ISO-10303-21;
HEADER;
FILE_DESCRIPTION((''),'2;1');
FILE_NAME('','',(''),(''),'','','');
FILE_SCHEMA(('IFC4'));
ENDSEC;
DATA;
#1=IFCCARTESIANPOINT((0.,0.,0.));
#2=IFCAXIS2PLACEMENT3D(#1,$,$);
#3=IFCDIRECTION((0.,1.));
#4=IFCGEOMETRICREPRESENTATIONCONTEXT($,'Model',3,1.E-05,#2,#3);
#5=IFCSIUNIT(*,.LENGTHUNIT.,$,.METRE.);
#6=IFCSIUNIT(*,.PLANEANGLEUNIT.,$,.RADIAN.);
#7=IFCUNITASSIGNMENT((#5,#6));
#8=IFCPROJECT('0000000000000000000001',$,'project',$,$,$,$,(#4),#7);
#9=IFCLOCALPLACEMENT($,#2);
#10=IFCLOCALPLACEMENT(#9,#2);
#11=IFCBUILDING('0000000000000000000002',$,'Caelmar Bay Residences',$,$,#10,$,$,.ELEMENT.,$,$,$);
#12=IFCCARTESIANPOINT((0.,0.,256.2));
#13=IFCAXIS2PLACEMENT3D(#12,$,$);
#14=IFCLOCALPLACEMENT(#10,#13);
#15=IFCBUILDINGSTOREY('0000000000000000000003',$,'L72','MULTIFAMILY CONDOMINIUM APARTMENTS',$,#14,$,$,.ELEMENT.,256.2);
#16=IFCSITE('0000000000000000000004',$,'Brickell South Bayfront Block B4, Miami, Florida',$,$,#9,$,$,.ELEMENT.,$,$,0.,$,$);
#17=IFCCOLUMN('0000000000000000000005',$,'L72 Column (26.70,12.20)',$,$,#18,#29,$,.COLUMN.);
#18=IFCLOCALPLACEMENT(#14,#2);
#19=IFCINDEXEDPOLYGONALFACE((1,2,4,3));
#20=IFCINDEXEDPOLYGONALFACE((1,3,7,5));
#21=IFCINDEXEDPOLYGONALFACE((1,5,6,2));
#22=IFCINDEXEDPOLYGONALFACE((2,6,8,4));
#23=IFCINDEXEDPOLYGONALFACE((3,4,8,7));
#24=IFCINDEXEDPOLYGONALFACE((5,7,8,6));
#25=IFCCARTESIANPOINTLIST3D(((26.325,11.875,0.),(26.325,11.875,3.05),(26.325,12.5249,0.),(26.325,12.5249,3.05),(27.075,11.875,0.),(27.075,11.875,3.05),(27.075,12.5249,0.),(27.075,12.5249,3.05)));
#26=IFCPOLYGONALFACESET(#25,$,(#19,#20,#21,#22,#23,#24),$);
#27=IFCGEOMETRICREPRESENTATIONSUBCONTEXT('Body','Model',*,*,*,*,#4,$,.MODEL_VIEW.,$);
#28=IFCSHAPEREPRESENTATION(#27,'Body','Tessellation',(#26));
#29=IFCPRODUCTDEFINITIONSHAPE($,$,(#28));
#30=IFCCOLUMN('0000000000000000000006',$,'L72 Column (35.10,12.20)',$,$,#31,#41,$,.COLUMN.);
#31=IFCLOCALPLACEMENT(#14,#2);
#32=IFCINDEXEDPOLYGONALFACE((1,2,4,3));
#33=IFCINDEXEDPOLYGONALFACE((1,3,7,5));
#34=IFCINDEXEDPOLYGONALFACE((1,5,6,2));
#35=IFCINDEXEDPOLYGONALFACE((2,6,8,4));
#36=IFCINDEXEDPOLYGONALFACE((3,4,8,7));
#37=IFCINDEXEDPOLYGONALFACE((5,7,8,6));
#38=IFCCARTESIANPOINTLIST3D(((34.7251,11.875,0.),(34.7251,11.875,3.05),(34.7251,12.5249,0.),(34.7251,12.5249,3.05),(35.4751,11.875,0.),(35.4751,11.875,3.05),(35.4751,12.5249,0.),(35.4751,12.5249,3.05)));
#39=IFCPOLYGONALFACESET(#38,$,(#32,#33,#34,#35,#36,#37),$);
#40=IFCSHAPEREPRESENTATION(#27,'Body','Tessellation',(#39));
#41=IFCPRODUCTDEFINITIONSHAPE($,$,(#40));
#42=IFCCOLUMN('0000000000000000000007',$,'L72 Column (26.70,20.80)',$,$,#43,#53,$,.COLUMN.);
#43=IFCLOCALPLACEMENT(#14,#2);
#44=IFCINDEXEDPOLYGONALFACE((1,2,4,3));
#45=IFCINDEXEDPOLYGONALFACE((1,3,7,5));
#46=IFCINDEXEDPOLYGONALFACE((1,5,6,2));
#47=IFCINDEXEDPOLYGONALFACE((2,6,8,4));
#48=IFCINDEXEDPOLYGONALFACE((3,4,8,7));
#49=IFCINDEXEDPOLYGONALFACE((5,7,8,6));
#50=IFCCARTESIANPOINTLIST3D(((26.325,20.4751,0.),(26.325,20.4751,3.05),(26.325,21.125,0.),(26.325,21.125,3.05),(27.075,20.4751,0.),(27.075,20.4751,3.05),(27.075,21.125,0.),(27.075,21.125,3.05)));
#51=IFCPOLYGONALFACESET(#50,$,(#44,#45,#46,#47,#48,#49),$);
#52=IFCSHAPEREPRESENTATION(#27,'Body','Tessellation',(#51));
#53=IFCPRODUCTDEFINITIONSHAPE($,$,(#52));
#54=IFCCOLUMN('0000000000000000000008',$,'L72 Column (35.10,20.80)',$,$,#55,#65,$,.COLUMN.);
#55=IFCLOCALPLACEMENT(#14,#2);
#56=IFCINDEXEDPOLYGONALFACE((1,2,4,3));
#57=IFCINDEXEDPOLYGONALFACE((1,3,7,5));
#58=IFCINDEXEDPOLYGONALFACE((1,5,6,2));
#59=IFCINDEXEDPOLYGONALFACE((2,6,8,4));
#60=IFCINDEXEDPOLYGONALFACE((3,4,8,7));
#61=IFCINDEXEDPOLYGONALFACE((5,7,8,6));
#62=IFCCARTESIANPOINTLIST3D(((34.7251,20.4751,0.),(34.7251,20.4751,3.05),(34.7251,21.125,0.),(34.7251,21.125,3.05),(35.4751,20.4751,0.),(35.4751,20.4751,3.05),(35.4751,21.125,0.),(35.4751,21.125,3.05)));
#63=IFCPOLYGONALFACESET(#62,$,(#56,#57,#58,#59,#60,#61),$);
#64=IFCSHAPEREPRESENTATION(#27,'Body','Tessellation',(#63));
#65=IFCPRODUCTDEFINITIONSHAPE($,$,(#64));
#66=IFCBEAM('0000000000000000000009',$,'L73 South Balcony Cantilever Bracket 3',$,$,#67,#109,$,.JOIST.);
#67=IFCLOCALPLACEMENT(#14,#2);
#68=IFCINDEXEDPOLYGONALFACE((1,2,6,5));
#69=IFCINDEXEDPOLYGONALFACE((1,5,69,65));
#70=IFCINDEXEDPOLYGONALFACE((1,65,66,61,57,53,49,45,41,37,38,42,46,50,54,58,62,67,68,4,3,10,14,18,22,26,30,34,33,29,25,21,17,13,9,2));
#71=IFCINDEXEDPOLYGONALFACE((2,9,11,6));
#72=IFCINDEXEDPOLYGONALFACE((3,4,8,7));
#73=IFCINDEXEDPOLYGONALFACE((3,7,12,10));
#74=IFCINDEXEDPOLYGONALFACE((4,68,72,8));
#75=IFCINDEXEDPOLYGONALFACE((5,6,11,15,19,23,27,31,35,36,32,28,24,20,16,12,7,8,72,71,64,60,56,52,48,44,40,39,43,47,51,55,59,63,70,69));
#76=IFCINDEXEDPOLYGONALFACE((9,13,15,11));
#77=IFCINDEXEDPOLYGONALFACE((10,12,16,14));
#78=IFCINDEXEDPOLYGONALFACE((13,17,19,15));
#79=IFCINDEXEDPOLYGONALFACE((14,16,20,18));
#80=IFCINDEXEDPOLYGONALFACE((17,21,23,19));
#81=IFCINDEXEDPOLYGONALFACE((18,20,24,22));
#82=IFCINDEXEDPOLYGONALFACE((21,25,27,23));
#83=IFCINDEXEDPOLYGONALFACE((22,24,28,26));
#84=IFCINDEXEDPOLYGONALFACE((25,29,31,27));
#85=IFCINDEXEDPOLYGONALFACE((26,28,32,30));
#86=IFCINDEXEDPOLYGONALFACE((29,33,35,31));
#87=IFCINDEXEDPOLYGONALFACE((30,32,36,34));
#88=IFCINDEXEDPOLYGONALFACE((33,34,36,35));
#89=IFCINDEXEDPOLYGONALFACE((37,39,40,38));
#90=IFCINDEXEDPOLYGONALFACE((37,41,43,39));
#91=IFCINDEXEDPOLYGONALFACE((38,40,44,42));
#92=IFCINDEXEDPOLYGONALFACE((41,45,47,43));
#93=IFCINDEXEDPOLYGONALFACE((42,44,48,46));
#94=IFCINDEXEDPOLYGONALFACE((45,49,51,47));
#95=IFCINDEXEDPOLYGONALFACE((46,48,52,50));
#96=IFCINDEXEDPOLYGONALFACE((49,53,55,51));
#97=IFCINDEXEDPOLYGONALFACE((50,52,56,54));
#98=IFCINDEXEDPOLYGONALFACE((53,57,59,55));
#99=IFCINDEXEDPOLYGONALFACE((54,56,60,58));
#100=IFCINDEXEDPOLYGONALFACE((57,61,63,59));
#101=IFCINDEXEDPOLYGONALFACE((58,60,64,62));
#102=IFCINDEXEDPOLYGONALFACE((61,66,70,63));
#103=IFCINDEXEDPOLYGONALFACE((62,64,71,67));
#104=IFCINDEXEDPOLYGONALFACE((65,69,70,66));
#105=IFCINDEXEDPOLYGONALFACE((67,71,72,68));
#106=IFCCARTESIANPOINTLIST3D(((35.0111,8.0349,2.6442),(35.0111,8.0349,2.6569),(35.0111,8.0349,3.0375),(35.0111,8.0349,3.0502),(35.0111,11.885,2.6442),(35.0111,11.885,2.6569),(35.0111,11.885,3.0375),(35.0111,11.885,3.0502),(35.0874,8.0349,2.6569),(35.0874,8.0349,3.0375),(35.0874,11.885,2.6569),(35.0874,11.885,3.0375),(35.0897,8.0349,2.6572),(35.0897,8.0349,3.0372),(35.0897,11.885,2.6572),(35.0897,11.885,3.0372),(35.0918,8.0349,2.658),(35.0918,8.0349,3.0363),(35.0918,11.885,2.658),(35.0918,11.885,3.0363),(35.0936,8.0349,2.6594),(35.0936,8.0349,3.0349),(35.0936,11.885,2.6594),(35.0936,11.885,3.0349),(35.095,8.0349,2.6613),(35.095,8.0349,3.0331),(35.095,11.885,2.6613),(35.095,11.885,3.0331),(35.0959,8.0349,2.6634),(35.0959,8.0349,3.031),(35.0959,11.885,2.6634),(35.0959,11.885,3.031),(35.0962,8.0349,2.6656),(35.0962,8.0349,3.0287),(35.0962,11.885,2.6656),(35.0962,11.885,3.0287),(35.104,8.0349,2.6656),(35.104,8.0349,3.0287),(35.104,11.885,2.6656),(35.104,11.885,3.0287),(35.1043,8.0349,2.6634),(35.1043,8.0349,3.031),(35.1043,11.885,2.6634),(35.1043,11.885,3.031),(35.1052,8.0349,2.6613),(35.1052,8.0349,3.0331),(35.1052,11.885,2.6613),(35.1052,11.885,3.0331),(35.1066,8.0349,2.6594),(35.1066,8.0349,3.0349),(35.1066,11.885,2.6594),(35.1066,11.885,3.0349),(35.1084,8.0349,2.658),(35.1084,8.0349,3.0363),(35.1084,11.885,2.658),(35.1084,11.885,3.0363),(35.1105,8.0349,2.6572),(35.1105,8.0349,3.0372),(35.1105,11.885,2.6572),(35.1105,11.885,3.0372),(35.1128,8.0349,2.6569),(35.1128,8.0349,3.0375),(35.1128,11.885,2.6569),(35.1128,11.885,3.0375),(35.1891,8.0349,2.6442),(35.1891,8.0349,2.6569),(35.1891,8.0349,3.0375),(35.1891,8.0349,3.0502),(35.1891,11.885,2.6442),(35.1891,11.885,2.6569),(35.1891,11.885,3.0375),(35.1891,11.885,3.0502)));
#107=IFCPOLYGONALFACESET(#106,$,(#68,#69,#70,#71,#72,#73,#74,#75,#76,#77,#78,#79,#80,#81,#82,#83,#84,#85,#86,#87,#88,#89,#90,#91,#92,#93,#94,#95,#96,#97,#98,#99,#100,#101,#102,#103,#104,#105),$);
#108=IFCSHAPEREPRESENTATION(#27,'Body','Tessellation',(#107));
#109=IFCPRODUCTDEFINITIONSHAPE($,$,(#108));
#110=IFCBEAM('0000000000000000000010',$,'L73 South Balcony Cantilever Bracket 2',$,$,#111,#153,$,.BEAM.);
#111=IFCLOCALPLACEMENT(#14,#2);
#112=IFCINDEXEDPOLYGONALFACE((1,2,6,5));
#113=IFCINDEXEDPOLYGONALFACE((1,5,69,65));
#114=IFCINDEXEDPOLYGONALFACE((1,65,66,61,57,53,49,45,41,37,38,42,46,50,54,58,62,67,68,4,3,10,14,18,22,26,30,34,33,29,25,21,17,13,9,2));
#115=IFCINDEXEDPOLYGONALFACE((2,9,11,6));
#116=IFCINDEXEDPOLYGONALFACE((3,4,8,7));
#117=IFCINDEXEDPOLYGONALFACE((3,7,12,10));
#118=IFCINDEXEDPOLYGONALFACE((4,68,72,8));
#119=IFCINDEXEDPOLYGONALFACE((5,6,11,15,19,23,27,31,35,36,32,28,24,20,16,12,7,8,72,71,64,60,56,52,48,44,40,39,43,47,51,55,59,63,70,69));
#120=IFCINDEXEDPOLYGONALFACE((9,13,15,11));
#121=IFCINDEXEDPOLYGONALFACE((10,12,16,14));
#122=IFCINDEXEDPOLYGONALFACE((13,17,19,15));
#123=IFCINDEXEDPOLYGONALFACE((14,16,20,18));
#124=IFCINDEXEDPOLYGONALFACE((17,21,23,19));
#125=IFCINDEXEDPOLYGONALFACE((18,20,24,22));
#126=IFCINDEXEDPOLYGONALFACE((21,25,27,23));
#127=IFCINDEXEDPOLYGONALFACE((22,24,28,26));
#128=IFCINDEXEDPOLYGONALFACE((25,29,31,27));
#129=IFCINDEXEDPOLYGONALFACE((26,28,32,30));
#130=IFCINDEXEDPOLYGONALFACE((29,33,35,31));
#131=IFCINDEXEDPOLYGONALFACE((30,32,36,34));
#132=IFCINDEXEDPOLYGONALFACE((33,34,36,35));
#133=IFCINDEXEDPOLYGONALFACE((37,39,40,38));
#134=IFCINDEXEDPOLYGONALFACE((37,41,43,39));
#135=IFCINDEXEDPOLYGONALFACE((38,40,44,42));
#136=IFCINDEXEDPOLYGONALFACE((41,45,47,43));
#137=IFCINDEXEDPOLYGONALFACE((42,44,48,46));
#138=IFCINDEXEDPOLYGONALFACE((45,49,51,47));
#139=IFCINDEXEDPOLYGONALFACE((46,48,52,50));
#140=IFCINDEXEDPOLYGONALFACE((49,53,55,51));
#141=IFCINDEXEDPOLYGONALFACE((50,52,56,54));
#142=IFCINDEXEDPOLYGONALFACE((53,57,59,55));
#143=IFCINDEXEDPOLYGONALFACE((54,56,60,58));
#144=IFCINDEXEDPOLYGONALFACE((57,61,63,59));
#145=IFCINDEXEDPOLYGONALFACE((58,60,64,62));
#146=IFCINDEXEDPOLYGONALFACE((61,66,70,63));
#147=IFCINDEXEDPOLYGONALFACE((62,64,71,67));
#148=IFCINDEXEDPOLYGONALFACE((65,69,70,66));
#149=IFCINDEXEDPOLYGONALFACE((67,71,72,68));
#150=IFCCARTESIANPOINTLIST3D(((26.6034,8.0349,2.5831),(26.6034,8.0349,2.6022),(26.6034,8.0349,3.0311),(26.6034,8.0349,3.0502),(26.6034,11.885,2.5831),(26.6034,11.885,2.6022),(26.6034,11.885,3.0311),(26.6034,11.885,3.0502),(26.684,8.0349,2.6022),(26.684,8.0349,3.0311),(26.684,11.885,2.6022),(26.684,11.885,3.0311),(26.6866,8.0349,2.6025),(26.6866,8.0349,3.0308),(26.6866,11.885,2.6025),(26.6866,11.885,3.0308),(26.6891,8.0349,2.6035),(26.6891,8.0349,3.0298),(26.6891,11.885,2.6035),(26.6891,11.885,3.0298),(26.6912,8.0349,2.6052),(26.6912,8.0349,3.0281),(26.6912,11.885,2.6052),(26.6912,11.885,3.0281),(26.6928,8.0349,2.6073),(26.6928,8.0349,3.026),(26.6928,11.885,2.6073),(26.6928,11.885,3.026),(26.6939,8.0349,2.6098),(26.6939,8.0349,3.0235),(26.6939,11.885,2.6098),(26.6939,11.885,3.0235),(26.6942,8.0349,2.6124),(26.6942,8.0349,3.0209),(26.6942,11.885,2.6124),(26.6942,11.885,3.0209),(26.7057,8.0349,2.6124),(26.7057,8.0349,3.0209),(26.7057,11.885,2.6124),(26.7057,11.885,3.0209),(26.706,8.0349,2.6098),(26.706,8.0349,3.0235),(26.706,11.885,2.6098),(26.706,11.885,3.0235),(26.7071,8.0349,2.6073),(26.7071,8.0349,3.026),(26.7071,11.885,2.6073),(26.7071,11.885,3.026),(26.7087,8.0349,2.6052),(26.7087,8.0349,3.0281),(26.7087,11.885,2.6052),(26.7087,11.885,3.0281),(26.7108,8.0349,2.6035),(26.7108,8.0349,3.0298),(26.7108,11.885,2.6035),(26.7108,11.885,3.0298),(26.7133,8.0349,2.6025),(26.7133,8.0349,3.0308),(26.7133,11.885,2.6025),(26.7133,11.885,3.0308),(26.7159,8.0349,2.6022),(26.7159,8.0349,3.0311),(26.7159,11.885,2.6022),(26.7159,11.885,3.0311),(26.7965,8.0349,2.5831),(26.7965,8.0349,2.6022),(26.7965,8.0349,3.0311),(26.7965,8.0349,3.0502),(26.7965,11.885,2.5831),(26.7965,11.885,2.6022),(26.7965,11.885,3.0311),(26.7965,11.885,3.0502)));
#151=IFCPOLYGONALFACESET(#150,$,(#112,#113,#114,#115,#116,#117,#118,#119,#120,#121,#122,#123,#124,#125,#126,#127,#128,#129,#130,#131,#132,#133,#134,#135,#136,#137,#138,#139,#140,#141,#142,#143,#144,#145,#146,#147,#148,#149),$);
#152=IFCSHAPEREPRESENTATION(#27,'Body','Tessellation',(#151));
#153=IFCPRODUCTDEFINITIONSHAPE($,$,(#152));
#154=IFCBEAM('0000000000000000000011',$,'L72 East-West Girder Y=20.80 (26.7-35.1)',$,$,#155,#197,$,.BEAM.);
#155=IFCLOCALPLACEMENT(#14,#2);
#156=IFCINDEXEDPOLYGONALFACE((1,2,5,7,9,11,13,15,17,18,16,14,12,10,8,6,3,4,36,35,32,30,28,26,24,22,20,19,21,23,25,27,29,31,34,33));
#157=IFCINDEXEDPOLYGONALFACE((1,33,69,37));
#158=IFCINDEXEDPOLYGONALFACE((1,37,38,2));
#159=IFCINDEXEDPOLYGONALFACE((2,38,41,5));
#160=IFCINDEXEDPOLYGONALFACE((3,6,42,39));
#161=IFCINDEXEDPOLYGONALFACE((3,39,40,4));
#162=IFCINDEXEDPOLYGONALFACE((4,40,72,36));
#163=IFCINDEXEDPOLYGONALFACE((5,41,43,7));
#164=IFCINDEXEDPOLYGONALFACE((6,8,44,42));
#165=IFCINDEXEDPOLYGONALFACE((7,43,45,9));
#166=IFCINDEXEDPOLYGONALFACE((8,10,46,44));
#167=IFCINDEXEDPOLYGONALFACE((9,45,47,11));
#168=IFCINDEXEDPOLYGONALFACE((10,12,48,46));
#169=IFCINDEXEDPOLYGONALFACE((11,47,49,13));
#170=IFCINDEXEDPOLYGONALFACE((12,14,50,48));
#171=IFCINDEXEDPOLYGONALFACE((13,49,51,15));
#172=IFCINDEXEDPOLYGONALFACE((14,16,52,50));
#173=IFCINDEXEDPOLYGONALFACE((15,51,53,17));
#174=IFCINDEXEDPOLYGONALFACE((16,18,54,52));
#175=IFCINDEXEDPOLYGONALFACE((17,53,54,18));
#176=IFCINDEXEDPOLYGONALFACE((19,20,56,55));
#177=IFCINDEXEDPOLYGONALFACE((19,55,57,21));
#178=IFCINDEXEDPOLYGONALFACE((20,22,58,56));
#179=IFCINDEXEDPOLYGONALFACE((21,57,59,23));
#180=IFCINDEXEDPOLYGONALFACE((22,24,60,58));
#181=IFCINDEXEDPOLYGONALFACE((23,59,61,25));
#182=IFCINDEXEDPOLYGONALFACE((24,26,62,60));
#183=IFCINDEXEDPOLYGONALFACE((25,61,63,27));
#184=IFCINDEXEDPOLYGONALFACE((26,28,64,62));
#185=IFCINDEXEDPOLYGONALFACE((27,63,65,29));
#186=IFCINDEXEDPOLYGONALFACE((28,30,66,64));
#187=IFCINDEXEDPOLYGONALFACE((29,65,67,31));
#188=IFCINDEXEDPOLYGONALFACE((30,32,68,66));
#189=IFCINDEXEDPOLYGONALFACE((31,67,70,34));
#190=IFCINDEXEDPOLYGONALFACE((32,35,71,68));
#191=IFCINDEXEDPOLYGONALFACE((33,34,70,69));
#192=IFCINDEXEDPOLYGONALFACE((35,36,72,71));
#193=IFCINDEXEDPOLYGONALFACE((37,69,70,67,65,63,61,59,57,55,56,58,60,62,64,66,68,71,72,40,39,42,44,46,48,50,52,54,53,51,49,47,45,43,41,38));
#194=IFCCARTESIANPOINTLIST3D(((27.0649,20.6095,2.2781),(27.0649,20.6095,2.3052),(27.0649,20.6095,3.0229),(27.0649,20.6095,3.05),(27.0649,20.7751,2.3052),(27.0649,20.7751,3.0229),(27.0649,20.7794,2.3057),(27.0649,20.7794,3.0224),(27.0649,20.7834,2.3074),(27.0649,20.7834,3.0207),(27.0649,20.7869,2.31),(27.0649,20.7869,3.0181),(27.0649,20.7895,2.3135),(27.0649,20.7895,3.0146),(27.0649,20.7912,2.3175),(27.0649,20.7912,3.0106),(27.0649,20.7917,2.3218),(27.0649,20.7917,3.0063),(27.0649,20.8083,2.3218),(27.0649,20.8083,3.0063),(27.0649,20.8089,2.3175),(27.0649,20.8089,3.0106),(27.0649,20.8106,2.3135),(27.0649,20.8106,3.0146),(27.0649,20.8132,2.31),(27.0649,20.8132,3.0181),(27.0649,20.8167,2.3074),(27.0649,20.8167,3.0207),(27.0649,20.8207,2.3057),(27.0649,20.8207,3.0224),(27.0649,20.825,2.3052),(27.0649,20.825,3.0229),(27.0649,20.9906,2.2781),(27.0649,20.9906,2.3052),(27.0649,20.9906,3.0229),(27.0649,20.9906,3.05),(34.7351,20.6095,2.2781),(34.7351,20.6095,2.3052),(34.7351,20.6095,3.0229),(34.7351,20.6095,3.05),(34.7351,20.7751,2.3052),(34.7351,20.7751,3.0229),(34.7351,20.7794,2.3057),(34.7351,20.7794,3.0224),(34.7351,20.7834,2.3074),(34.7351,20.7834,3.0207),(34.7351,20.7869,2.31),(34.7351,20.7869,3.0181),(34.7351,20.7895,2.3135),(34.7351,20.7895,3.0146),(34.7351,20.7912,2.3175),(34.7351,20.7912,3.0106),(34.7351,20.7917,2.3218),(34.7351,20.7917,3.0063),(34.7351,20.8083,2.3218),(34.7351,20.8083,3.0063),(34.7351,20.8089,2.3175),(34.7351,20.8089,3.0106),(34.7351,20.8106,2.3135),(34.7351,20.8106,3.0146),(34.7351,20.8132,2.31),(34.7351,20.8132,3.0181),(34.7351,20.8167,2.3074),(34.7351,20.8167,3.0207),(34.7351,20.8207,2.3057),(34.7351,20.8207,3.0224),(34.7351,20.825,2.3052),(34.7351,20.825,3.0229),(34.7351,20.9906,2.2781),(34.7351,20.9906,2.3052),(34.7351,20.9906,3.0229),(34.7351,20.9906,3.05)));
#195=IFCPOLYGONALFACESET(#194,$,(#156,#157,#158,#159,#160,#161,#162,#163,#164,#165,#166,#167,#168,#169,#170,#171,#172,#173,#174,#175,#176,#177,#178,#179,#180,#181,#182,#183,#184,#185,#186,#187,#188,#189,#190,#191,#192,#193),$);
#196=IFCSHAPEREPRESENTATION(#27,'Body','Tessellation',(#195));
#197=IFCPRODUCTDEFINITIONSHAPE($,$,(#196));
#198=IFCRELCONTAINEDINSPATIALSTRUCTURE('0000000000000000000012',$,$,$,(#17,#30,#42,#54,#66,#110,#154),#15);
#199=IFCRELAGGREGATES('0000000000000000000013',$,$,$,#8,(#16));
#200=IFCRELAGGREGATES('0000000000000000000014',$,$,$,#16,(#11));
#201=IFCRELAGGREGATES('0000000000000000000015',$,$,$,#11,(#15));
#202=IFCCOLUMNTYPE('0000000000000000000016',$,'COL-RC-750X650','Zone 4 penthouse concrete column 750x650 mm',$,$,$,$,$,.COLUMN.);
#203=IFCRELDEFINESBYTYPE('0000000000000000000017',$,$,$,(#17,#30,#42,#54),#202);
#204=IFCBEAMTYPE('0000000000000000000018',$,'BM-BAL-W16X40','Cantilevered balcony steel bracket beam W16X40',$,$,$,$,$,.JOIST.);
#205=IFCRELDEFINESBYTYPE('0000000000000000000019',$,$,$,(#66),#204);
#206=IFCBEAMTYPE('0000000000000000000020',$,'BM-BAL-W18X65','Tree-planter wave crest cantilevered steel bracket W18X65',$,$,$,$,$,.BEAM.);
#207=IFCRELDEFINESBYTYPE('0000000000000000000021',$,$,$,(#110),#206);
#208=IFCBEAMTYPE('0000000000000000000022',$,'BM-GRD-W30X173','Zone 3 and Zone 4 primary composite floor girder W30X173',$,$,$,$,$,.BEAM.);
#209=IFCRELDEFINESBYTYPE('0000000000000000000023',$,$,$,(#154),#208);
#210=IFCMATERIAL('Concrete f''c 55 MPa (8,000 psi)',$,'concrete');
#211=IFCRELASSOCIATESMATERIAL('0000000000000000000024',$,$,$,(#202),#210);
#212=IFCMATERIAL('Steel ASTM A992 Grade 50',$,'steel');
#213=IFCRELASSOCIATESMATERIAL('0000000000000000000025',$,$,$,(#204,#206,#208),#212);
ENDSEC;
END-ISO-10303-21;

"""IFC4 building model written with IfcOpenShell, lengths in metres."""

from ifc_helpers import new_model, si_unit, direction, frame, origin, origin_2d, place, context, subcontext, project, spatial, rectangle, i_section, extrude, material, material_profile, profile_set, type_object, element, save


model = new_model("IFC4")

# Units and contexts
model_context = context("Model", 3, precision=1e-05, world=origin(), true_north=direction((0.0, 1.0)))
body_context = subcontext(model_context, "Body", "Model", "MODEL_VIEW")
ifc_project = project(units=[si_unit("LENGTHUNIT", "METRE"), si_unit("PLANEANGLEUNIT", "RADIAN")], contexts=[model_context])

# Site, building, storey
site_placement = place(None, origin())
site = spatial("IfcSite", under=ifc_project, at=site_placement, Name="Brickell South Bayfront Block B4, Miami, Florida", CompositionType="ELEMENT", RefElevation=0.0)
building_placement = place(site_placement, origin())
building = spatial("IfcBuilding", under=site, at=building_placement, Name="Caelmar Bay Residences", CompositionType="ELEMENT")
storey_placement = place(building_placement, frame((0.0, 0.0, 256.2)))
storey = spatial("IfcBuildingStorey", under=building, at=storey_placement, Name="L72", Description="MULTIFAMILY CONDOMINIUM APARTMENTS", CompositionType="ELEMENT", Elevation=256.2)

# Columns
ifc_material_1 = material(Name="Concrete f'c 55 MPa (8,000 psi)", Category="concrete")
ifc_material_profile_1 = material_profile(ifc_material_1, rectangle(XDim=0.75, YDim=0.6499, at=origin_2d()), Name="RC-COL-750X650")
ifc_profile_set_1 = profile_set([ifc_material_profile_1], Name="Concrete f'c 55 MPa (8,000 psi)")
column_type = type_object("IfcColumnType", Name="COL-RC-750X650", Description="Zone 4 penthouse concrete column 750x650 mm", PredefinedType="COLUMN", material=ifc_profile_set_1)
for number, where, z_axis, x_axis, name in (
    (1, (26.7, 12.2, 0.0), (0.0, 0.0, 1.0), (1.0, 0.0, 0.0), "L72 Column (26.70,12.20)"),
    (2, (35.1001, 12.2, 0.0), (0.0, 0.0, 1.0), (1.0, 0.0, 0.0), "L72 Column (35.10,12.20)"),
    (3, (26.7, 20.8, 0.0), (0.0, 0.0, 1.0), (1.0, 0.0, 0.0), "L72 Column (26.70,20.80)"),
    (4, (35.1001, 20.8, 0.0), (0.0, 0.0, 1.0), (1.0, 0.0, 0.0), "L72 Column (35.10,20.80)"),
):
    element("IfcColumn", number, at=place(storey_placement, frame(where, z_axis=z_axis, x_axis=x_axis)), inside=storey, type_object=column_type, Name=name, PredefinedType="COLUMN", context=body_context, shape_type="SweptSolid", body=[
        extrude(rectangle(XDim=0.75, YDim=0.6499, at=origin_2d()), origin(), (0.0, 0.0, 1.0), 3.05),
    ])

# Beams
ifc_material_2 = material(Name="Steel ASTM A992 Grade 50", Category="steel")
ifc_material_profile_2 = material_profile(ifc_material_2, i_section(OverallWidth=0.178, OverallDepth=0.406, WebThickness=0.0078, FlangeThickness=0.0127, FilletRadius=0.0088, at=origin_2d()), Name="W16X40")
ifc_profile_set_2 = profile_set([ifc_material_profile_2], Name="Steel ASTM A992 Grade 50")
beam_type_1 = type_object("IfcBeamType", Name="BM-BAL-W16X40", Description="Cantilevered balcony steel bracket beam W16X40", PredefinedType="JOIST", material=ifc_profile_set_2)
beam_1_placement = place(storey_placement, frame((35.1001, 11.885, 2.8472), z_axis=(0.0, -1.0, 0.0), x_axis=(1.0, 0.0, 0.0)))
element("IfcBeam", 5, at=beam_1_placement, inside=storey, type_object=beam_type_1, Name="L73 South Balcony Cantilever Bracket 3", PredefinedType="JOIST", context=body_context, shape_type="SweptSolid", body=[
    extrude(i_section(OverallWidth=0.178, OverallDepth=0.406, WebThickness=0.0078, FlangeThickness=0.0127, FilletRadius=0.0088, at=origin_2d()), origin(), (0.0, 0.0, 1.0), 3.8501),
])
ifc_material_profile_3 = material_profile(ifc_material_2, i_section(OverallWidth=0.1931, OverallDepth=0.467, WebThickness=0.0115, FlangeThickness=0.019, FilletRadius=0.0103, at=origin_2d()), Name="W18X65")
ifc_profile_set_3 = profile_set([ifc_material_profile_3], Name="Steel ASTM A992 Grade 50")
beam_type_2 = type_object("IfcBeamType", Name="BM-BAL-W18X65", Description="Tree-planter wave crest cantilevered steel bracket W18X65", PredefinedType="BEAM", material=ifc_profile_set_3)
beam_2_placement = place(storey_placement, frame((26.7, 11.885, 2.8167), z_axis=(0.0, -1.0, 0.0), x_axis=(1.0, 0.0, 0.0)))
element("IfcBeam", 6, at=beam_2_placement, inside=storey, type_object=beam_type_2, Name="L73 South Balcony Cantilever Bracket 2", PredefinedType="BEAM", context=body_context, shape_type="SweptSolid", body=[
    extrude(i_section(OverallWidth=0.1931, OverallDepth=0.467, WebThickness=0.0115, FlangeThickness=0.019, FilletRadius=0.0103, at=origin_2d()), origin(), (0.0, 0.0, 1.0), 3.8501),
])
ifc_material_profile_4 = material_profile(ifc_material_2, i_section(OverallWidth=0.3811, OverallDepth=0.772, WebThickness=0.0166, FlangeThickness=0.0271, FilletRadius=0.0166, at=origin_2d()), Name="W30X173")
ifc_profile_set_4 = profile_set([ifc_material_profile_4], Name="Steel ASTM A992 Grade 50")
beam_type_3 = type_object("IfcBeamType", Name="BM-GRD-W30X173", Description="Zone 3 and Zone 4 primary composite floor girder W30X173", PredefinedType="BEAM", material=ifc_profile_set_4)
beam_3_placement = place(storey_placement, frame((27.0649, 20.8, 2.6641), z_axis=(1.0, 0.0, 0.0), x_axis=(0.0, 1.0, 0.0)))
element("IfcBeam", 7, at=beam_3_placement, inside=storey, type_object=beam_type_3, Name="L72 East-West Girder Y=20.80 (26.7-35.1)", PredefinedType="BEAM", context=body_context, shape_type="SweptSolid", body=[
    extrude(i_section(OverallWidth=0.3811, OverallDepth=0.772, WebThickness=0.0166, FlangeThickness=0.0271, FilletRadius=0.0166, at=origin_2d()), origin(), (0.0, 0.0, 1.0), 7.6702),
])

save(model, "model.ifc")
